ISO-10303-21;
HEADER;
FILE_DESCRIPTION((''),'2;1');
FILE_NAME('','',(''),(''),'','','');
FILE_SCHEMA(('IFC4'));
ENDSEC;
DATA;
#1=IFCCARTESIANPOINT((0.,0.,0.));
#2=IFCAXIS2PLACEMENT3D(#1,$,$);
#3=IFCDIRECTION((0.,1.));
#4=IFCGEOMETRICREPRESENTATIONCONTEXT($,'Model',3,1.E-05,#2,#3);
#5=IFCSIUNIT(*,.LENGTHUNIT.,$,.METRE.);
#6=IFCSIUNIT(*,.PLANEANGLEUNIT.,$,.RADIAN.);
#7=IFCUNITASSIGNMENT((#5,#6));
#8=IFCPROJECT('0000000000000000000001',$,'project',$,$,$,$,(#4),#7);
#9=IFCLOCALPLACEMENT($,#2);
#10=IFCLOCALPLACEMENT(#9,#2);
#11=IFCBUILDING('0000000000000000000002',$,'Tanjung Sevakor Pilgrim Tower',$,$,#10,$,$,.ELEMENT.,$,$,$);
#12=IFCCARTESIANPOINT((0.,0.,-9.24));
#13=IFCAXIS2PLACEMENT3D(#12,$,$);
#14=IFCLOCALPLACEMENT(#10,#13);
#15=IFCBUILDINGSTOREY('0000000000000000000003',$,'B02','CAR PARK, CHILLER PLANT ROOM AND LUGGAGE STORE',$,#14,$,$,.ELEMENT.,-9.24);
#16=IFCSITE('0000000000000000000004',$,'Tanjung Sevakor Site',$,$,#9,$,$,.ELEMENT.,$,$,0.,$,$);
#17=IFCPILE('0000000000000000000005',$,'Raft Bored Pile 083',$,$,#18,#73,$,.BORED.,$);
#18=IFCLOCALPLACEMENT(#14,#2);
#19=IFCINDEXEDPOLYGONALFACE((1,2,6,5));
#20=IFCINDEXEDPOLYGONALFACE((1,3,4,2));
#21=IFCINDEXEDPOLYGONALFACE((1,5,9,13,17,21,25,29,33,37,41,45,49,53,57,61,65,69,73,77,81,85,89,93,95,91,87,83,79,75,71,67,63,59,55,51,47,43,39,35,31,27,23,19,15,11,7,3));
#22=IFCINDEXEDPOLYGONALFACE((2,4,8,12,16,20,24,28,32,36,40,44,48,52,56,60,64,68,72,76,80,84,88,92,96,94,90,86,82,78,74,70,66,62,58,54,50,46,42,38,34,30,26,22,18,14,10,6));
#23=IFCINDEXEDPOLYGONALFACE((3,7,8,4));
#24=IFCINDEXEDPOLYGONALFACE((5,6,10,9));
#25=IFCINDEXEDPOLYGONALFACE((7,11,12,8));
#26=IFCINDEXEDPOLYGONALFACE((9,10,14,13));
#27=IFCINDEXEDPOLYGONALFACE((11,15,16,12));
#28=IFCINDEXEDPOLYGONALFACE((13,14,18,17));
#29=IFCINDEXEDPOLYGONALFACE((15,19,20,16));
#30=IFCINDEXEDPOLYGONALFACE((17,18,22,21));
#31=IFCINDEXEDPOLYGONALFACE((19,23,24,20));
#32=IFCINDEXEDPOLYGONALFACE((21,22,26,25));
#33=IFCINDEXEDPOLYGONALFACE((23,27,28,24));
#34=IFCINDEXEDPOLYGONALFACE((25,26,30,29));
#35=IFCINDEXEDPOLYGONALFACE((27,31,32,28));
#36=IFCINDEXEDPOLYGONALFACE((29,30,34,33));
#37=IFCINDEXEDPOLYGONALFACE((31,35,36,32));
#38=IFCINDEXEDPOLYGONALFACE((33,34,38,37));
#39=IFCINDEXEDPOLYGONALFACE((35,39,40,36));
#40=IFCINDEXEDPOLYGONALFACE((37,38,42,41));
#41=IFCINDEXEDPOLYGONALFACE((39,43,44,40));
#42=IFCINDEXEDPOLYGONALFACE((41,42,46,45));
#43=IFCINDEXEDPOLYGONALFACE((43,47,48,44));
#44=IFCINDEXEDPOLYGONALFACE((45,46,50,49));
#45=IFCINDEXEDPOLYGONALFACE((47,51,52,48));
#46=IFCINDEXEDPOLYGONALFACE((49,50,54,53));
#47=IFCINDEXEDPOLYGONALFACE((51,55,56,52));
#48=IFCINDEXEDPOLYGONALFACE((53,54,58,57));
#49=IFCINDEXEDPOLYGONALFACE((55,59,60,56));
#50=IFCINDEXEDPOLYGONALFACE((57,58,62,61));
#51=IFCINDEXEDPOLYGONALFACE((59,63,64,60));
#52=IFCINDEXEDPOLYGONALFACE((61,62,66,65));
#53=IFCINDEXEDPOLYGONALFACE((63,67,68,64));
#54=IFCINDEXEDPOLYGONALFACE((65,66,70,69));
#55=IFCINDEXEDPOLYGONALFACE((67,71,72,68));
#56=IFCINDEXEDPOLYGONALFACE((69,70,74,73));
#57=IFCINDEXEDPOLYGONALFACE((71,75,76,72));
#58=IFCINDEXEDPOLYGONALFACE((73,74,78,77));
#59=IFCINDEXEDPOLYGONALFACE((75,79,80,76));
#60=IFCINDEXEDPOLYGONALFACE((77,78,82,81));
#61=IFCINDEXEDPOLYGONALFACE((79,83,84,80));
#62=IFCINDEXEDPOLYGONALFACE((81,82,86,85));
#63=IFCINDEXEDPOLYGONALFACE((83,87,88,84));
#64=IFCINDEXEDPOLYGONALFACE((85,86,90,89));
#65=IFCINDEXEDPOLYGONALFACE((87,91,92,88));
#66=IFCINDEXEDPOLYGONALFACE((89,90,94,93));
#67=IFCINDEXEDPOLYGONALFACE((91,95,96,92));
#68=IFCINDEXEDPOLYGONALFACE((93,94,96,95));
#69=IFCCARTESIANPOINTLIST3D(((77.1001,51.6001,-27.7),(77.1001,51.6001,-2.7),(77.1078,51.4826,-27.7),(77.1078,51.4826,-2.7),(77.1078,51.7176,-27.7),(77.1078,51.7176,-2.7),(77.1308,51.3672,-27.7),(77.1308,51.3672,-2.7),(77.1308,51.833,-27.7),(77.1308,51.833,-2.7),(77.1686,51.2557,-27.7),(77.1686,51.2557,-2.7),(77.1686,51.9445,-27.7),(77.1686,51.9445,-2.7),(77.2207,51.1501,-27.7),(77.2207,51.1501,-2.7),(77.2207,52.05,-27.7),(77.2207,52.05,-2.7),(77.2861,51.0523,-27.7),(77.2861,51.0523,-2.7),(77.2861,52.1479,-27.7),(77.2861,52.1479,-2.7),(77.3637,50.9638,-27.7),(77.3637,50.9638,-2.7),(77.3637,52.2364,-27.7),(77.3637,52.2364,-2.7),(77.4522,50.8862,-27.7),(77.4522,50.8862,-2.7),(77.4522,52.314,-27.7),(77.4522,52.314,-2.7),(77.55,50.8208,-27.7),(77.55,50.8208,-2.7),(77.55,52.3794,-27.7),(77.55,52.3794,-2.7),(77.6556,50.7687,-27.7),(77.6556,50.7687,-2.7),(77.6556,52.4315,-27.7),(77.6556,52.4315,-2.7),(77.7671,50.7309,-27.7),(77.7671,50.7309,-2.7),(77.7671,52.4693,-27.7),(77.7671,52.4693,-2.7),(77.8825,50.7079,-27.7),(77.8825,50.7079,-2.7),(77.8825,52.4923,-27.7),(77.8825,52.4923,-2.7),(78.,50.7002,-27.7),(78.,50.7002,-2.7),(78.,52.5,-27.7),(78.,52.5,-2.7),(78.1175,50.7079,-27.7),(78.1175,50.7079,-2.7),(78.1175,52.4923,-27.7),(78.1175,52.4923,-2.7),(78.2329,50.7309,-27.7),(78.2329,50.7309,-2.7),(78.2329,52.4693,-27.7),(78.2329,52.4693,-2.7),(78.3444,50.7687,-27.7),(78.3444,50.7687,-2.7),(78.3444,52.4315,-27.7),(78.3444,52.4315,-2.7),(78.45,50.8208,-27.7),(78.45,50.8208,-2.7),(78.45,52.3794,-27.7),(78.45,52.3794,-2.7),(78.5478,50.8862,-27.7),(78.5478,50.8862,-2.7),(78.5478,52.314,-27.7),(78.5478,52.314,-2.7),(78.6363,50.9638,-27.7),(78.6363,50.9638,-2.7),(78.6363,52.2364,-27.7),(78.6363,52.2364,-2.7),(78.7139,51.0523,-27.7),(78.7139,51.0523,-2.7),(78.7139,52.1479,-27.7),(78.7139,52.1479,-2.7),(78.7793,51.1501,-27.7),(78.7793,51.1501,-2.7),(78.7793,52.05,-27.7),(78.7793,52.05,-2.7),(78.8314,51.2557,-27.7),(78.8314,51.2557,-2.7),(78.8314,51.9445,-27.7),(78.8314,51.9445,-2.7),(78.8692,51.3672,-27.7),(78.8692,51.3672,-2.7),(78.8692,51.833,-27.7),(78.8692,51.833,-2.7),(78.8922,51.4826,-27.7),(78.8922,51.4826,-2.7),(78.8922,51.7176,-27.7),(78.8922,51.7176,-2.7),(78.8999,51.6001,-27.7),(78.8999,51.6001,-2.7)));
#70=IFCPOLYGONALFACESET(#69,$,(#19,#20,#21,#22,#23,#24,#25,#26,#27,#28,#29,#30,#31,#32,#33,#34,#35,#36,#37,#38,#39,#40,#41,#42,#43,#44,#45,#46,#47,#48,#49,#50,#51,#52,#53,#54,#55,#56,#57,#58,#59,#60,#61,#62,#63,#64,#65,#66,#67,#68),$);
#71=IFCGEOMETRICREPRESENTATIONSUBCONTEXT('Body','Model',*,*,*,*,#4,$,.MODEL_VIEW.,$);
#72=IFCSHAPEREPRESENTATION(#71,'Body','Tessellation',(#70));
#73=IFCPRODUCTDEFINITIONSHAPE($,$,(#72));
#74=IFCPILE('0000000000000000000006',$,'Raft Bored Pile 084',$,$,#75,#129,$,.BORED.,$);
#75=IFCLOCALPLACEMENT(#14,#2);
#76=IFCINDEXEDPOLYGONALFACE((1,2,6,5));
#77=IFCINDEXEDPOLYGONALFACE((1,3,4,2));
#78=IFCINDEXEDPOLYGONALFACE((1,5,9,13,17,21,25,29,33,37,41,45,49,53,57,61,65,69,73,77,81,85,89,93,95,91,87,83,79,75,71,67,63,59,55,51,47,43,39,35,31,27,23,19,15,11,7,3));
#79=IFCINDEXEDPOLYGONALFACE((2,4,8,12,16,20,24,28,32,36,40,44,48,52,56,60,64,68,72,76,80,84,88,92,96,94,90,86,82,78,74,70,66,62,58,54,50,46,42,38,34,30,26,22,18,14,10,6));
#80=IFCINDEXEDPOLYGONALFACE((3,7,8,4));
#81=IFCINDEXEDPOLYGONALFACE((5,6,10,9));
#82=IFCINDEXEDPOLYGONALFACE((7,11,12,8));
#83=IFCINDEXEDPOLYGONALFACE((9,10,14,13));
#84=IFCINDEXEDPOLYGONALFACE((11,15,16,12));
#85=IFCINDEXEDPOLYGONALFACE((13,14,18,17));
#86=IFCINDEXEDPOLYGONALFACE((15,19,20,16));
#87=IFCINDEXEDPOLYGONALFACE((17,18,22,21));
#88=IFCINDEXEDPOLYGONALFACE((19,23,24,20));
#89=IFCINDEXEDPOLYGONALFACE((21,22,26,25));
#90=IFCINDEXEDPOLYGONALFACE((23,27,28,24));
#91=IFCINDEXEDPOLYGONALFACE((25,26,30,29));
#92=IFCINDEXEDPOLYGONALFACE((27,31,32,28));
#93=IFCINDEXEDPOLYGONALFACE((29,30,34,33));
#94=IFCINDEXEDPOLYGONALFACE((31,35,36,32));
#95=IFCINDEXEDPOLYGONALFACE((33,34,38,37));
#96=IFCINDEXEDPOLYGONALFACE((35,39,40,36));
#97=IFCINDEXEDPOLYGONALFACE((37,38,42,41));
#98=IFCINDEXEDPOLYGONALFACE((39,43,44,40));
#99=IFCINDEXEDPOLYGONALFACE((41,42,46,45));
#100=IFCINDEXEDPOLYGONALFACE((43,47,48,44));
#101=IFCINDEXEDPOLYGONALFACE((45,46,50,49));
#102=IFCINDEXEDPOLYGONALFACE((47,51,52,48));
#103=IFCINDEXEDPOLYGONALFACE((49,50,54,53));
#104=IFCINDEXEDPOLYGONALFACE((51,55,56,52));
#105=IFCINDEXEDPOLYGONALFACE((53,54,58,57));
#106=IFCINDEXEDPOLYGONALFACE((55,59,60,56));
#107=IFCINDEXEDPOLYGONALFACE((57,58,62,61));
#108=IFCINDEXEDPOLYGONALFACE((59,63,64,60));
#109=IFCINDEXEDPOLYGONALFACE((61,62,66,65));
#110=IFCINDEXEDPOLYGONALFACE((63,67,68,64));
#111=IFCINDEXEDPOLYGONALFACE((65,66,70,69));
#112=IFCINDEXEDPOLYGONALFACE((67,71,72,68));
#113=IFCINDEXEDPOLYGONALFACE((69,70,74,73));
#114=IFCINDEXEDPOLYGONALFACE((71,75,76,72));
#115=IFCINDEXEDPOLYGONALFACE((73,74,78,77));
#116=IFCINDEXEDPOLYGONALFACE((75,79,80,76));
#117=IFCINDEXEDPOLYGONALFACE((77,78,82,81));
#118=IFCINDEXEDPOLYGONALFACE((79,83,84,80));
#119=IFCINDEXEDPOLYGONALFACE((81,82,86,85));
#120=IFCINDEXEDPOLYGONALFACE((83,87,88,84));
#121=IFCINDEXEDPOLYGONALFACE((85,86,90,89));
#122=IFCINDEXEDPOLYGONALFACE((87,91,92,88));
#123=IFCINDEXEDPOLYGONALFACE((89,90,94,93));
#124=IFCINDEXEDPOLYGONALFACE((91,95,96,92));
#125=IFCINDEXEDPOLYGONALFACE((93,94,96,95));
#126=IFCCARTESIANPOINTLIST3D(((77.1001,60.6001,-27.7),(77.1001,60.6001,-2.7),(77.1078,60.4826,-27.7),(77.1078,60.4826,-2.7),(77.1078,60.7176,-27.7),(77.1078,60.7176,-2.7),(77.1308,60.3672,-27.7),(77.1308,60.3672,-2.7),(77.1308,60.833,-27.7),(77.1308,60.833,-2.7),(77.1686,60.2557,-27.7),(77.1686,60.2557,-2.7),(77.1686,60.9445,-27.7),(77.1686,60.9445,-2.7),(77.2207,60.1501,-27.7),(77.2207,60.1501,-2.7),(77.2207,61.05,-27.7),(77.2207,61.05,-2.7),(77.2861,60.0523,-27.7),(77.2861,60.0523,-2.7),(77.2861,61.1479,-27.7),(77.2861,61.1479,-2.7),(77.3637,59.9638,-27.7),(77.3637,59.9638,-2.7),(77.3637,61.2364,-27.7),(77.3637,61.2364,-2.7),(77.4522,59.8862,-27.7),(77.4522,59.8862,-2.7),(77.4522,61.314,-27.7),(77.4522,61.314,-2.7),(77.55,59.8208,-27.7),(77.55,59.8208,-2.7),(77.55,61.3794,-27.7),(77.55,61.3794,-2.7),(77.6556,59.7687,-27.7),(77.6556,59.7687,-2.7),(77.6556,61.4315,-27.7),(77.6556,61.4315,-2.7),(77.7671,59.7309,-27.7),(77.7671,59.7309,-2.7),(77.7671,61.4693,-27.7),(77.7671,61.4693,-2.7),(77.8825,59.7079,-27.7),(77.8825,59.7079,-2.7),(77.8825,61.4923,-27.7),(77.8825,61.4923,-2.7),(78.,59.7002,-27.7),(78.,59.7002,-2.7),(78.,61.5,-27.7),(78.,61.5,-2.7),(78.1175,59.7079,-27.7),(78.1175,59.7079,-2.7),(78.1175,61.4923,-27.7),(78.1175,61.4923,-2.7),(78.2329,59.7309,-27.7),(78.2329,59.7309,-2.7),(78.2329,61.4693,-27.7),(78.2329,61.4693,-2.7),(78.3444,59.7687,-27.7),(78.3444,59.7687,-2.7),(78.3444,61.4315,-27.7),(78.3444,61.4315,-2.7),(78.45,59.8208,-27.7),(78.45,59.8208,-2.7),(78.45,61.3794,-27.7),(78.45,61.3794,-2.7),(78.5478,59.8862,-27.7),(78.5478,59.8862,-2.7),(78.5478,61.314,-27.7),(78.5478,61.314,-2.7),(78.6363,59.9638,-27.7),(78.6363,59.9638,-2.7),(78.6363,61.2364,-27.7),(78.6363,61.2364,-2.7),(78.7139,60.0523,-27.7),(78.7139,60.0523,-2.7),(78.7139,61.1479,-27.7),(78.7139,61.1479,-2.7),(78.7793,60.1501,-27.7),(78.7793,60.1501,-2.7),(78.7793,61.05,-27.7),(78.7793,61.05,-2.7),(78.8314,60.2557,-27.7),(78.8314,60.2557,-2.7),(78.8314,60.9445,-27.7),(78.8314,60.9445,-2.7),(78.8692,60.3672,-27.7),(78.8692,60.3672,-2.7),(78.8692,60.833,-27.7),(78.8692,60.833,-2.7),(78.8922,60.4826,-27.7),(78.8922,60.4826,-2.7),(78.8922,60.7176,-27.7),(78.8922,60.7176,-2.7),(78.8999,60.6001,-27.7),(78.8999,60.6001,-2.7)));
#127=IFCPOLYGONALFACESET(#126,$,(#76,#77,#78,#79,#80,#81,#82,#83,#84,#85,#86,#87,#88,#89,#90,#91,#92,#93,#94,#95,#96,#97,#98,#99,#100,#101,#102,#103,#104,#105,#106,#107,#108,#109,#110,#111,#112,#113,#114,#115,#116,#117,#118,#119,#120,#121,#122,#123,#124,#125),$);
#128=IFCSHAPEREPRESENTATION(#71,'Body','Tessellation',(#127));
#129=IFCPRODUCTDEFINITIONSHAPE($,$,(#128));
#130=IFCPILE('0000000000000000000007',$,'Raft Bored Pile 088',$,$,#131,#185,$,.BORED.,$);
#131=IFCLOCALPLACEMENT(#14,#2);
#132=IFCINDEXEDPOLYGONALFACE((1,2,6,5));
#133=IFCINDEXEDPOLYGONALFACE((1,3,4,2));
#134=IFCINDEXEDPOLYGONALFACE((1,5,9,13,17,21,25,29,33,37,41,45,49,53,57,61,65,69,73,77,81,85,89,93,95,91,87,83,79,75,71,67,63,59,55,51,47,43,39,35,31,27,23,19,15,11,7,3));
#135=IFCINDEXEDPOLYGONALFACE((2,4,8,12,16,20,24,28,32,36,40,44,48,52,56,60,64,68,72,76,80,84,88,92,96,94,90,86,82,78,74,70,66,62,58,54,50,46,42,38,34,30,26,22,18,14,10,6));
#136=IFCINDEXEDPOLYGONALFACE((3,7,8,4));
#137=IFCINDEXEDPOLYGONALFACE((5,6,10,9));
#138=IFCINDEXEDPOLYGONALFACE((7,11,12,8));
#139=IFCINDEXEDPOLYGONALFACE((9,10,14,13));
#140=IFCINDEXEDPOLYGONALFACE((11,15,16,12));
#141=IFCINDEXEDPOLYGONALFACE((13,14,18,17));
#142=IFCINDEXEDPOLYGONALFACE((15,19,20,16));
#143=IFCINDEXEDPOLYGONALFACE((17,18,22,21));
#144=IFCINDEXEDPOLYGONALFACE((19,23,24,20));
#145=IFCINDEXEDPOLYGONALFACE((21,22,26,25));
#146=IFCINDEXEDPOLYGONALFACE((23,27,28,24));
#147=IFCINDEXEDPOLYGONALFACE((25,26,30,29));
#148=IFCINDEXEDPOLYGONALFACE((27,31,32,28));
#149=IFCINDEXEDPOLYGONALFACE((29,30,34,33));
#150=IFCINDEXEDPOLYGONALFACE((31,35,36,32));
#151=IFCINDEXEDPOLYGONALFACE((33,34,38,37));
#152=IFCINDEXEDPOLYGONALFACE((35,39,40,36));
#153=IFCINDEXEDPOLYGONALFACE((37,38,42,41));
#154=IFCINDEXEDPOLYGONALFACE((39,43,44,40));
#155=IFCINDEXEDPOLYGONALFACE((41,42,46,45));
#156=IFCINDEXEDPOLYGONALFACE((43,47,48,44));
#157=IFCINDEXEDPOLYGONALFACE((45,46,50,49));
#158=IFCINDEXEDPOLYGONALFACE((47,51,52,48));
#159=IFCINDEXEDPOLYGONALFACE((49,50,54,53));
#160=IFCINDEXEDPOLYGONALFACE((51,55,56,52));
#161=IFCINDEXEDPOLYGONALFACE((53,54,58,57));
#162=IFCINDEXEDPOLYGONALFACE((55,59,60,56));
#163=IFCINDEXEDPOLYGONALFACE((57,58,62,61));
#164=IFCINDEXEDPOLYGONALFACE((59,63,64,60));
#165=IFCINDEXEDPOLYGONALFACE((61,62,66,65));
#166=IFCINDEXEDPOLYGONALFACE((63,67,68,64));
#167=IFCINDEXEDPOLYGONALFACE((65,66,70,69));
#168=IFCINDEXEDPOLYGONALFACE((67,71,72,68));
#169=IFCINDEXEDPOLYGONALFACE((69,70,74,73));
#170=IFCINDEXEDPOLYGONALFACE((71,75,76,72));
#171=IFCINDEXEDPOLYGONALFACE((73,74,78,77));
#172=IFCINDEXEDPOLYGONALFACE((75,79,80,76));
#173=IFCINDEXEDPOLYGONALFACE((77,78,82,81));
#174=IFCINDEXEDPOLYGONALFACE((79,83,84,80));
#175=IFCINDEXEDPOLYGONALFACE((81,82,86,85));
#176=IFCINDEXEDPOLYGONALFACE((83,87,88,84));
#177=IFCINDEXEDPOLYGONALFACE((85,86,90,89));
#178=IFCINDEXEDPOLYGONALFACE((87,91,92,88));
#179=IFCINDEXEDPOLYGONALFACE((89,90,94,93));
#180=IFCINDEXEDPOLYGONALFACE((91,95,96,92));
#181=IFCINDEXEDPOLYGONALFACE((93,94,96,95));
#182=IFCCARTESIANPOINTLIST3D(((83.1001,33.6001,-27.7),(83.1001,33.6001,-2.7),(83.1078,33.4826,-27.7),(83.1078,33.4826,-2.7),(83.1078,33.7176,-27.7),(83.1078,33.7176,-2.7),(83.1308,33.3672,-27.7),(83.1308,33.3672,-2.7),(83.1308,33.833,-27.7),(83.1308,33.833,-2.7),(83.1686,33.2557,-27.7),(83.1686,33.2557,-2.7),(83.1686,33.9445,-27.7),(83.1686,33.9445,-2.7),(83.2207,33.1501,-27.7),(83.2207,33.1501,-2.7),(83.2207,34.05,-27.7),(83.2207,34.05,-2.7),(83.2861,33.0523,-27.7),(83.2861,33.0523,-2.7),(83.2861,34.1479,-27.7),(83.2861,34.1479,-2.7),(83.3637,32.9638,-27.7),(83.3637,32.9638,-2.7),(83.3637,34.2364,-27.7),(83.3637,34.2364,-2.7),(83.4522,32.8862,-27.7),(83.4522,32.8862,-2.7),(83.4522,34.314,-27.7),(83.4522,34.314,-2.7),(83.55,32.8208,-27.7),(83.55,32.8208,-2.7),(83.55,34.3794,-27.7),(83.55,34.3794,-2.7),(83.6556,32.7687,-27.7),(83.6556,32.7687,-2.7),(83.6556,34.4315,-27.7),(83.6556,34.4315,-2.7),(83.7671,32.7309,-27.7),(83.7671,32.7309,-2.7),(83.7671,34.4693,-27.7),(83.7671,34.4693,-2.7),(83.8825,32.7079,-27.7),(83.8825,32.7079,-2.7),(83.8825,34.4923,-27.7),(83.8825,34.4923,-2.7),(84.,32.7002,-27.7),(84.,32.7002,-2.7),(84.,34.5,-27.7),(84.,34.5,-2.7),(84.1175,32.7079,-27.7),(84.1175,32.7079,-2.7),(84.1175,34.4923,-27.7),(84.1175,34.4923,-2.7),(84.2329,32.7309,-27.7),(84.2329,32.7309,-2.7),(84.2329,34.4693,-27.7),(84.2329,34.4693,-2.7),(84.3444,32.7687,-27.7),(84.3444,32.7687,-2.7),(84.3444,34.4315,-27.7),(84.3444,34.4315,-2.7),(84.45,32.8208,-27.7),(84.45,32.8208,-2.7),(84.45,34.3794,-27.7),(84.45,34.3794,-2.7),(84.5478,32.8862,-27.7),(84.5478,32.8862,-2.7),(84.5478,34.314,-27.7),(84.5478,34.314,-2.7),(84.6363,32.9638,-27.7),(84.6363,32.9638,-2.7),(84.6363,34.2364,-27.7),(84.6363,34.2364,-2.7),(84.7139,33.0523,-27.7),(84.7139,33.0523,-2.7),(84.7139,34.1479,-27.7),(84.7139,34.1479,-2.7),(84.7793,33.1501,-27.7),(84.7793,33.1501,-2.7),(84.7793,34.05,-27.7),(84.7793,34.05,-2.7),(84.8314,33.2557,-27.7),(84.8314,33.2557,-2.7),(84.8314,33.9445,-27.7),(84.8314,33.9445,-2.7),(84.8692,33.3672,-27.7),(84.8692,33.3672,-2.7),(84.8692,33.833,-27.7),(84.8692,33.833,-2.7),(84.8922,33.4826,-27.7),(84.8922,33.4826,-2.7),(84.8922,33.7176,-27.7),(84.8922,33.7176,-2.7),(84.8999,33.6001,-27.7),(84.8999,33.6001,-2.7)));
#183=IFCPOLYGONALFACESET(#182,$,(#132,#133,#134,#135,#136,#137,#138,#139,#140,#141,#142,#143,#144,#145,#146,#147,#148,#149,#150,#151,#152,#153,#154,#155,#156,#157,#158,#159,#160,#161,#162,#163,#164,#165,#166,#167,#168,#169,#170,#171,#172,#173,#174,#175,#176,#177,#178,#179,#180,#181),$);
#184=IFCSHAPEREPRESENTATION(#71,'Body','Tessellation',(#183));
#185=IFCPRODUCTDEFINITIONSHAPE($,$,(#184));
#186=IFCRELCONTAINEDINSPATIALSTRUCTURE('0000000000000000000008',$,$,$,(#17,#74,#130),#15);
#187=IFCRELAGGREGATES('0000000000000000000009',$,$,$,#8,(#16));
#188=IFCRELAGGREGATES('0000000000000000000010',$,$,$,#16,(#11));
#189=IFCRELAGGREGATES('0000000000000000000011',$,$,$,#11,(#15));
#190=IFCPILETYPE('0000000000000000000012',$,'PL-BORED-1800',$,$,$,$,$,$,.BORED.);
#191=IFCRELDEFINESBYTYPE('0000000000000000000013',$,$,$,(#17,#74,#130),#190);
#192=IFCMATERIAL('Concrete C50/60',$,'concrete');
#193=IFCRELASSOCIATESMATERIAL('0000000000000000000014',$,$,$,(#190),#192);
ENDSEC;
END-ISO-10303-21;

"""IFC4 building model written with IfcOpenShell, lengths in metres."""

from ifc_helpers import new_model, si_unit, direction, frame, origin, origin_2d, place, context, subcontext, project, spatial, circle, extrude, material, material_profile, profile_set, type_object, element, save


model = new_model("IFC4")

# Units and contexts
model_context = context("Model", 3, precision=1e-05, world=origin(), true_north=direction((0.0, 1.0)))
body_context = subcontext(model_context, "Body", "Model", "MODEL_VIEW")
ifc_project = project(units=[si_unit("LENGTHUNIT", "METRE"), si_unit("PLANEANGLEUNIT", "RADIAN")], contexts=[model_context])

# Site, building, storey
site_placement = place(None, origin())
site = spatial("IfcSite", under=ifc_project, at=site_placement, Name="Tanjung Sevakor Site", CompositionType="ELEMENT", RefElevation=0.0)
building_placement = place(site_placement, origin())
building = spatial("IfcBuilding", under=site, at=building_placement, Name="Tanjung Sevakor Pilgrim Tower", CompositionType="ELEMENT")
storey_placement = place(building_placement, frame((0.0, 0.0, -9.24)))
storey = spatial("IfcBuildingStorey", under=building, at=storey_placement, Name="B02", Description="CAR PARK, CHILLER PLANT ROOM AND LUGGAGE STORE", CompositionType="ELEMENT", Elevation=-9.24)

# Piles
ifc_material_1 = material(Name="Concrete C50/60", Category="concrete")
ifc_material_profile_1 = material_profile(ifc_material_1, circle(Radius=0.8999, at=origin_2d()))
ifc_profile_set_1 = profile_set([ifc_material_profile_1], Name="Concrete C50/60")
pile_type = type_object("IfcPileType", Name="PL-BORED-1800", PredefinedType="BORED", material=ifc_profile_set_1)
for number, where, z_axis, x_axis, name in (
    (1, (78.0, 51.6001, -2.7), (0.0, 0.0, -1.0), (1.0, 0.0, 0.0), "Raft Bored Pile 083"),
    (2, (78.0, 60.6001, -2.7), (0.0, 0.0, -1.0), (1.0, 0.0, 0.0), "Raft Bored Pile 084"),
    (3, (84.0, 33.6001, -2.7), (0.0, 0.0, -1.0), (1.0, 0.0, 0.0), "Raft Bored Pile 088"),
):
    element("IfcPile", number, at=place(storey_placement, frame(where, z_axis=z_axis, x_axis=x_axis)), inside=storey, type_object=pile_type, Name=name, PredefinedType="BORED", context=body_context, shape_type="SweptSolid", body=[
        extrude(circle(Radius=0.8999, at=origin_2d()), origin(), (0.0, 0.0, 1.0), 25.0),
    ])

save(model, "model.ifc")
